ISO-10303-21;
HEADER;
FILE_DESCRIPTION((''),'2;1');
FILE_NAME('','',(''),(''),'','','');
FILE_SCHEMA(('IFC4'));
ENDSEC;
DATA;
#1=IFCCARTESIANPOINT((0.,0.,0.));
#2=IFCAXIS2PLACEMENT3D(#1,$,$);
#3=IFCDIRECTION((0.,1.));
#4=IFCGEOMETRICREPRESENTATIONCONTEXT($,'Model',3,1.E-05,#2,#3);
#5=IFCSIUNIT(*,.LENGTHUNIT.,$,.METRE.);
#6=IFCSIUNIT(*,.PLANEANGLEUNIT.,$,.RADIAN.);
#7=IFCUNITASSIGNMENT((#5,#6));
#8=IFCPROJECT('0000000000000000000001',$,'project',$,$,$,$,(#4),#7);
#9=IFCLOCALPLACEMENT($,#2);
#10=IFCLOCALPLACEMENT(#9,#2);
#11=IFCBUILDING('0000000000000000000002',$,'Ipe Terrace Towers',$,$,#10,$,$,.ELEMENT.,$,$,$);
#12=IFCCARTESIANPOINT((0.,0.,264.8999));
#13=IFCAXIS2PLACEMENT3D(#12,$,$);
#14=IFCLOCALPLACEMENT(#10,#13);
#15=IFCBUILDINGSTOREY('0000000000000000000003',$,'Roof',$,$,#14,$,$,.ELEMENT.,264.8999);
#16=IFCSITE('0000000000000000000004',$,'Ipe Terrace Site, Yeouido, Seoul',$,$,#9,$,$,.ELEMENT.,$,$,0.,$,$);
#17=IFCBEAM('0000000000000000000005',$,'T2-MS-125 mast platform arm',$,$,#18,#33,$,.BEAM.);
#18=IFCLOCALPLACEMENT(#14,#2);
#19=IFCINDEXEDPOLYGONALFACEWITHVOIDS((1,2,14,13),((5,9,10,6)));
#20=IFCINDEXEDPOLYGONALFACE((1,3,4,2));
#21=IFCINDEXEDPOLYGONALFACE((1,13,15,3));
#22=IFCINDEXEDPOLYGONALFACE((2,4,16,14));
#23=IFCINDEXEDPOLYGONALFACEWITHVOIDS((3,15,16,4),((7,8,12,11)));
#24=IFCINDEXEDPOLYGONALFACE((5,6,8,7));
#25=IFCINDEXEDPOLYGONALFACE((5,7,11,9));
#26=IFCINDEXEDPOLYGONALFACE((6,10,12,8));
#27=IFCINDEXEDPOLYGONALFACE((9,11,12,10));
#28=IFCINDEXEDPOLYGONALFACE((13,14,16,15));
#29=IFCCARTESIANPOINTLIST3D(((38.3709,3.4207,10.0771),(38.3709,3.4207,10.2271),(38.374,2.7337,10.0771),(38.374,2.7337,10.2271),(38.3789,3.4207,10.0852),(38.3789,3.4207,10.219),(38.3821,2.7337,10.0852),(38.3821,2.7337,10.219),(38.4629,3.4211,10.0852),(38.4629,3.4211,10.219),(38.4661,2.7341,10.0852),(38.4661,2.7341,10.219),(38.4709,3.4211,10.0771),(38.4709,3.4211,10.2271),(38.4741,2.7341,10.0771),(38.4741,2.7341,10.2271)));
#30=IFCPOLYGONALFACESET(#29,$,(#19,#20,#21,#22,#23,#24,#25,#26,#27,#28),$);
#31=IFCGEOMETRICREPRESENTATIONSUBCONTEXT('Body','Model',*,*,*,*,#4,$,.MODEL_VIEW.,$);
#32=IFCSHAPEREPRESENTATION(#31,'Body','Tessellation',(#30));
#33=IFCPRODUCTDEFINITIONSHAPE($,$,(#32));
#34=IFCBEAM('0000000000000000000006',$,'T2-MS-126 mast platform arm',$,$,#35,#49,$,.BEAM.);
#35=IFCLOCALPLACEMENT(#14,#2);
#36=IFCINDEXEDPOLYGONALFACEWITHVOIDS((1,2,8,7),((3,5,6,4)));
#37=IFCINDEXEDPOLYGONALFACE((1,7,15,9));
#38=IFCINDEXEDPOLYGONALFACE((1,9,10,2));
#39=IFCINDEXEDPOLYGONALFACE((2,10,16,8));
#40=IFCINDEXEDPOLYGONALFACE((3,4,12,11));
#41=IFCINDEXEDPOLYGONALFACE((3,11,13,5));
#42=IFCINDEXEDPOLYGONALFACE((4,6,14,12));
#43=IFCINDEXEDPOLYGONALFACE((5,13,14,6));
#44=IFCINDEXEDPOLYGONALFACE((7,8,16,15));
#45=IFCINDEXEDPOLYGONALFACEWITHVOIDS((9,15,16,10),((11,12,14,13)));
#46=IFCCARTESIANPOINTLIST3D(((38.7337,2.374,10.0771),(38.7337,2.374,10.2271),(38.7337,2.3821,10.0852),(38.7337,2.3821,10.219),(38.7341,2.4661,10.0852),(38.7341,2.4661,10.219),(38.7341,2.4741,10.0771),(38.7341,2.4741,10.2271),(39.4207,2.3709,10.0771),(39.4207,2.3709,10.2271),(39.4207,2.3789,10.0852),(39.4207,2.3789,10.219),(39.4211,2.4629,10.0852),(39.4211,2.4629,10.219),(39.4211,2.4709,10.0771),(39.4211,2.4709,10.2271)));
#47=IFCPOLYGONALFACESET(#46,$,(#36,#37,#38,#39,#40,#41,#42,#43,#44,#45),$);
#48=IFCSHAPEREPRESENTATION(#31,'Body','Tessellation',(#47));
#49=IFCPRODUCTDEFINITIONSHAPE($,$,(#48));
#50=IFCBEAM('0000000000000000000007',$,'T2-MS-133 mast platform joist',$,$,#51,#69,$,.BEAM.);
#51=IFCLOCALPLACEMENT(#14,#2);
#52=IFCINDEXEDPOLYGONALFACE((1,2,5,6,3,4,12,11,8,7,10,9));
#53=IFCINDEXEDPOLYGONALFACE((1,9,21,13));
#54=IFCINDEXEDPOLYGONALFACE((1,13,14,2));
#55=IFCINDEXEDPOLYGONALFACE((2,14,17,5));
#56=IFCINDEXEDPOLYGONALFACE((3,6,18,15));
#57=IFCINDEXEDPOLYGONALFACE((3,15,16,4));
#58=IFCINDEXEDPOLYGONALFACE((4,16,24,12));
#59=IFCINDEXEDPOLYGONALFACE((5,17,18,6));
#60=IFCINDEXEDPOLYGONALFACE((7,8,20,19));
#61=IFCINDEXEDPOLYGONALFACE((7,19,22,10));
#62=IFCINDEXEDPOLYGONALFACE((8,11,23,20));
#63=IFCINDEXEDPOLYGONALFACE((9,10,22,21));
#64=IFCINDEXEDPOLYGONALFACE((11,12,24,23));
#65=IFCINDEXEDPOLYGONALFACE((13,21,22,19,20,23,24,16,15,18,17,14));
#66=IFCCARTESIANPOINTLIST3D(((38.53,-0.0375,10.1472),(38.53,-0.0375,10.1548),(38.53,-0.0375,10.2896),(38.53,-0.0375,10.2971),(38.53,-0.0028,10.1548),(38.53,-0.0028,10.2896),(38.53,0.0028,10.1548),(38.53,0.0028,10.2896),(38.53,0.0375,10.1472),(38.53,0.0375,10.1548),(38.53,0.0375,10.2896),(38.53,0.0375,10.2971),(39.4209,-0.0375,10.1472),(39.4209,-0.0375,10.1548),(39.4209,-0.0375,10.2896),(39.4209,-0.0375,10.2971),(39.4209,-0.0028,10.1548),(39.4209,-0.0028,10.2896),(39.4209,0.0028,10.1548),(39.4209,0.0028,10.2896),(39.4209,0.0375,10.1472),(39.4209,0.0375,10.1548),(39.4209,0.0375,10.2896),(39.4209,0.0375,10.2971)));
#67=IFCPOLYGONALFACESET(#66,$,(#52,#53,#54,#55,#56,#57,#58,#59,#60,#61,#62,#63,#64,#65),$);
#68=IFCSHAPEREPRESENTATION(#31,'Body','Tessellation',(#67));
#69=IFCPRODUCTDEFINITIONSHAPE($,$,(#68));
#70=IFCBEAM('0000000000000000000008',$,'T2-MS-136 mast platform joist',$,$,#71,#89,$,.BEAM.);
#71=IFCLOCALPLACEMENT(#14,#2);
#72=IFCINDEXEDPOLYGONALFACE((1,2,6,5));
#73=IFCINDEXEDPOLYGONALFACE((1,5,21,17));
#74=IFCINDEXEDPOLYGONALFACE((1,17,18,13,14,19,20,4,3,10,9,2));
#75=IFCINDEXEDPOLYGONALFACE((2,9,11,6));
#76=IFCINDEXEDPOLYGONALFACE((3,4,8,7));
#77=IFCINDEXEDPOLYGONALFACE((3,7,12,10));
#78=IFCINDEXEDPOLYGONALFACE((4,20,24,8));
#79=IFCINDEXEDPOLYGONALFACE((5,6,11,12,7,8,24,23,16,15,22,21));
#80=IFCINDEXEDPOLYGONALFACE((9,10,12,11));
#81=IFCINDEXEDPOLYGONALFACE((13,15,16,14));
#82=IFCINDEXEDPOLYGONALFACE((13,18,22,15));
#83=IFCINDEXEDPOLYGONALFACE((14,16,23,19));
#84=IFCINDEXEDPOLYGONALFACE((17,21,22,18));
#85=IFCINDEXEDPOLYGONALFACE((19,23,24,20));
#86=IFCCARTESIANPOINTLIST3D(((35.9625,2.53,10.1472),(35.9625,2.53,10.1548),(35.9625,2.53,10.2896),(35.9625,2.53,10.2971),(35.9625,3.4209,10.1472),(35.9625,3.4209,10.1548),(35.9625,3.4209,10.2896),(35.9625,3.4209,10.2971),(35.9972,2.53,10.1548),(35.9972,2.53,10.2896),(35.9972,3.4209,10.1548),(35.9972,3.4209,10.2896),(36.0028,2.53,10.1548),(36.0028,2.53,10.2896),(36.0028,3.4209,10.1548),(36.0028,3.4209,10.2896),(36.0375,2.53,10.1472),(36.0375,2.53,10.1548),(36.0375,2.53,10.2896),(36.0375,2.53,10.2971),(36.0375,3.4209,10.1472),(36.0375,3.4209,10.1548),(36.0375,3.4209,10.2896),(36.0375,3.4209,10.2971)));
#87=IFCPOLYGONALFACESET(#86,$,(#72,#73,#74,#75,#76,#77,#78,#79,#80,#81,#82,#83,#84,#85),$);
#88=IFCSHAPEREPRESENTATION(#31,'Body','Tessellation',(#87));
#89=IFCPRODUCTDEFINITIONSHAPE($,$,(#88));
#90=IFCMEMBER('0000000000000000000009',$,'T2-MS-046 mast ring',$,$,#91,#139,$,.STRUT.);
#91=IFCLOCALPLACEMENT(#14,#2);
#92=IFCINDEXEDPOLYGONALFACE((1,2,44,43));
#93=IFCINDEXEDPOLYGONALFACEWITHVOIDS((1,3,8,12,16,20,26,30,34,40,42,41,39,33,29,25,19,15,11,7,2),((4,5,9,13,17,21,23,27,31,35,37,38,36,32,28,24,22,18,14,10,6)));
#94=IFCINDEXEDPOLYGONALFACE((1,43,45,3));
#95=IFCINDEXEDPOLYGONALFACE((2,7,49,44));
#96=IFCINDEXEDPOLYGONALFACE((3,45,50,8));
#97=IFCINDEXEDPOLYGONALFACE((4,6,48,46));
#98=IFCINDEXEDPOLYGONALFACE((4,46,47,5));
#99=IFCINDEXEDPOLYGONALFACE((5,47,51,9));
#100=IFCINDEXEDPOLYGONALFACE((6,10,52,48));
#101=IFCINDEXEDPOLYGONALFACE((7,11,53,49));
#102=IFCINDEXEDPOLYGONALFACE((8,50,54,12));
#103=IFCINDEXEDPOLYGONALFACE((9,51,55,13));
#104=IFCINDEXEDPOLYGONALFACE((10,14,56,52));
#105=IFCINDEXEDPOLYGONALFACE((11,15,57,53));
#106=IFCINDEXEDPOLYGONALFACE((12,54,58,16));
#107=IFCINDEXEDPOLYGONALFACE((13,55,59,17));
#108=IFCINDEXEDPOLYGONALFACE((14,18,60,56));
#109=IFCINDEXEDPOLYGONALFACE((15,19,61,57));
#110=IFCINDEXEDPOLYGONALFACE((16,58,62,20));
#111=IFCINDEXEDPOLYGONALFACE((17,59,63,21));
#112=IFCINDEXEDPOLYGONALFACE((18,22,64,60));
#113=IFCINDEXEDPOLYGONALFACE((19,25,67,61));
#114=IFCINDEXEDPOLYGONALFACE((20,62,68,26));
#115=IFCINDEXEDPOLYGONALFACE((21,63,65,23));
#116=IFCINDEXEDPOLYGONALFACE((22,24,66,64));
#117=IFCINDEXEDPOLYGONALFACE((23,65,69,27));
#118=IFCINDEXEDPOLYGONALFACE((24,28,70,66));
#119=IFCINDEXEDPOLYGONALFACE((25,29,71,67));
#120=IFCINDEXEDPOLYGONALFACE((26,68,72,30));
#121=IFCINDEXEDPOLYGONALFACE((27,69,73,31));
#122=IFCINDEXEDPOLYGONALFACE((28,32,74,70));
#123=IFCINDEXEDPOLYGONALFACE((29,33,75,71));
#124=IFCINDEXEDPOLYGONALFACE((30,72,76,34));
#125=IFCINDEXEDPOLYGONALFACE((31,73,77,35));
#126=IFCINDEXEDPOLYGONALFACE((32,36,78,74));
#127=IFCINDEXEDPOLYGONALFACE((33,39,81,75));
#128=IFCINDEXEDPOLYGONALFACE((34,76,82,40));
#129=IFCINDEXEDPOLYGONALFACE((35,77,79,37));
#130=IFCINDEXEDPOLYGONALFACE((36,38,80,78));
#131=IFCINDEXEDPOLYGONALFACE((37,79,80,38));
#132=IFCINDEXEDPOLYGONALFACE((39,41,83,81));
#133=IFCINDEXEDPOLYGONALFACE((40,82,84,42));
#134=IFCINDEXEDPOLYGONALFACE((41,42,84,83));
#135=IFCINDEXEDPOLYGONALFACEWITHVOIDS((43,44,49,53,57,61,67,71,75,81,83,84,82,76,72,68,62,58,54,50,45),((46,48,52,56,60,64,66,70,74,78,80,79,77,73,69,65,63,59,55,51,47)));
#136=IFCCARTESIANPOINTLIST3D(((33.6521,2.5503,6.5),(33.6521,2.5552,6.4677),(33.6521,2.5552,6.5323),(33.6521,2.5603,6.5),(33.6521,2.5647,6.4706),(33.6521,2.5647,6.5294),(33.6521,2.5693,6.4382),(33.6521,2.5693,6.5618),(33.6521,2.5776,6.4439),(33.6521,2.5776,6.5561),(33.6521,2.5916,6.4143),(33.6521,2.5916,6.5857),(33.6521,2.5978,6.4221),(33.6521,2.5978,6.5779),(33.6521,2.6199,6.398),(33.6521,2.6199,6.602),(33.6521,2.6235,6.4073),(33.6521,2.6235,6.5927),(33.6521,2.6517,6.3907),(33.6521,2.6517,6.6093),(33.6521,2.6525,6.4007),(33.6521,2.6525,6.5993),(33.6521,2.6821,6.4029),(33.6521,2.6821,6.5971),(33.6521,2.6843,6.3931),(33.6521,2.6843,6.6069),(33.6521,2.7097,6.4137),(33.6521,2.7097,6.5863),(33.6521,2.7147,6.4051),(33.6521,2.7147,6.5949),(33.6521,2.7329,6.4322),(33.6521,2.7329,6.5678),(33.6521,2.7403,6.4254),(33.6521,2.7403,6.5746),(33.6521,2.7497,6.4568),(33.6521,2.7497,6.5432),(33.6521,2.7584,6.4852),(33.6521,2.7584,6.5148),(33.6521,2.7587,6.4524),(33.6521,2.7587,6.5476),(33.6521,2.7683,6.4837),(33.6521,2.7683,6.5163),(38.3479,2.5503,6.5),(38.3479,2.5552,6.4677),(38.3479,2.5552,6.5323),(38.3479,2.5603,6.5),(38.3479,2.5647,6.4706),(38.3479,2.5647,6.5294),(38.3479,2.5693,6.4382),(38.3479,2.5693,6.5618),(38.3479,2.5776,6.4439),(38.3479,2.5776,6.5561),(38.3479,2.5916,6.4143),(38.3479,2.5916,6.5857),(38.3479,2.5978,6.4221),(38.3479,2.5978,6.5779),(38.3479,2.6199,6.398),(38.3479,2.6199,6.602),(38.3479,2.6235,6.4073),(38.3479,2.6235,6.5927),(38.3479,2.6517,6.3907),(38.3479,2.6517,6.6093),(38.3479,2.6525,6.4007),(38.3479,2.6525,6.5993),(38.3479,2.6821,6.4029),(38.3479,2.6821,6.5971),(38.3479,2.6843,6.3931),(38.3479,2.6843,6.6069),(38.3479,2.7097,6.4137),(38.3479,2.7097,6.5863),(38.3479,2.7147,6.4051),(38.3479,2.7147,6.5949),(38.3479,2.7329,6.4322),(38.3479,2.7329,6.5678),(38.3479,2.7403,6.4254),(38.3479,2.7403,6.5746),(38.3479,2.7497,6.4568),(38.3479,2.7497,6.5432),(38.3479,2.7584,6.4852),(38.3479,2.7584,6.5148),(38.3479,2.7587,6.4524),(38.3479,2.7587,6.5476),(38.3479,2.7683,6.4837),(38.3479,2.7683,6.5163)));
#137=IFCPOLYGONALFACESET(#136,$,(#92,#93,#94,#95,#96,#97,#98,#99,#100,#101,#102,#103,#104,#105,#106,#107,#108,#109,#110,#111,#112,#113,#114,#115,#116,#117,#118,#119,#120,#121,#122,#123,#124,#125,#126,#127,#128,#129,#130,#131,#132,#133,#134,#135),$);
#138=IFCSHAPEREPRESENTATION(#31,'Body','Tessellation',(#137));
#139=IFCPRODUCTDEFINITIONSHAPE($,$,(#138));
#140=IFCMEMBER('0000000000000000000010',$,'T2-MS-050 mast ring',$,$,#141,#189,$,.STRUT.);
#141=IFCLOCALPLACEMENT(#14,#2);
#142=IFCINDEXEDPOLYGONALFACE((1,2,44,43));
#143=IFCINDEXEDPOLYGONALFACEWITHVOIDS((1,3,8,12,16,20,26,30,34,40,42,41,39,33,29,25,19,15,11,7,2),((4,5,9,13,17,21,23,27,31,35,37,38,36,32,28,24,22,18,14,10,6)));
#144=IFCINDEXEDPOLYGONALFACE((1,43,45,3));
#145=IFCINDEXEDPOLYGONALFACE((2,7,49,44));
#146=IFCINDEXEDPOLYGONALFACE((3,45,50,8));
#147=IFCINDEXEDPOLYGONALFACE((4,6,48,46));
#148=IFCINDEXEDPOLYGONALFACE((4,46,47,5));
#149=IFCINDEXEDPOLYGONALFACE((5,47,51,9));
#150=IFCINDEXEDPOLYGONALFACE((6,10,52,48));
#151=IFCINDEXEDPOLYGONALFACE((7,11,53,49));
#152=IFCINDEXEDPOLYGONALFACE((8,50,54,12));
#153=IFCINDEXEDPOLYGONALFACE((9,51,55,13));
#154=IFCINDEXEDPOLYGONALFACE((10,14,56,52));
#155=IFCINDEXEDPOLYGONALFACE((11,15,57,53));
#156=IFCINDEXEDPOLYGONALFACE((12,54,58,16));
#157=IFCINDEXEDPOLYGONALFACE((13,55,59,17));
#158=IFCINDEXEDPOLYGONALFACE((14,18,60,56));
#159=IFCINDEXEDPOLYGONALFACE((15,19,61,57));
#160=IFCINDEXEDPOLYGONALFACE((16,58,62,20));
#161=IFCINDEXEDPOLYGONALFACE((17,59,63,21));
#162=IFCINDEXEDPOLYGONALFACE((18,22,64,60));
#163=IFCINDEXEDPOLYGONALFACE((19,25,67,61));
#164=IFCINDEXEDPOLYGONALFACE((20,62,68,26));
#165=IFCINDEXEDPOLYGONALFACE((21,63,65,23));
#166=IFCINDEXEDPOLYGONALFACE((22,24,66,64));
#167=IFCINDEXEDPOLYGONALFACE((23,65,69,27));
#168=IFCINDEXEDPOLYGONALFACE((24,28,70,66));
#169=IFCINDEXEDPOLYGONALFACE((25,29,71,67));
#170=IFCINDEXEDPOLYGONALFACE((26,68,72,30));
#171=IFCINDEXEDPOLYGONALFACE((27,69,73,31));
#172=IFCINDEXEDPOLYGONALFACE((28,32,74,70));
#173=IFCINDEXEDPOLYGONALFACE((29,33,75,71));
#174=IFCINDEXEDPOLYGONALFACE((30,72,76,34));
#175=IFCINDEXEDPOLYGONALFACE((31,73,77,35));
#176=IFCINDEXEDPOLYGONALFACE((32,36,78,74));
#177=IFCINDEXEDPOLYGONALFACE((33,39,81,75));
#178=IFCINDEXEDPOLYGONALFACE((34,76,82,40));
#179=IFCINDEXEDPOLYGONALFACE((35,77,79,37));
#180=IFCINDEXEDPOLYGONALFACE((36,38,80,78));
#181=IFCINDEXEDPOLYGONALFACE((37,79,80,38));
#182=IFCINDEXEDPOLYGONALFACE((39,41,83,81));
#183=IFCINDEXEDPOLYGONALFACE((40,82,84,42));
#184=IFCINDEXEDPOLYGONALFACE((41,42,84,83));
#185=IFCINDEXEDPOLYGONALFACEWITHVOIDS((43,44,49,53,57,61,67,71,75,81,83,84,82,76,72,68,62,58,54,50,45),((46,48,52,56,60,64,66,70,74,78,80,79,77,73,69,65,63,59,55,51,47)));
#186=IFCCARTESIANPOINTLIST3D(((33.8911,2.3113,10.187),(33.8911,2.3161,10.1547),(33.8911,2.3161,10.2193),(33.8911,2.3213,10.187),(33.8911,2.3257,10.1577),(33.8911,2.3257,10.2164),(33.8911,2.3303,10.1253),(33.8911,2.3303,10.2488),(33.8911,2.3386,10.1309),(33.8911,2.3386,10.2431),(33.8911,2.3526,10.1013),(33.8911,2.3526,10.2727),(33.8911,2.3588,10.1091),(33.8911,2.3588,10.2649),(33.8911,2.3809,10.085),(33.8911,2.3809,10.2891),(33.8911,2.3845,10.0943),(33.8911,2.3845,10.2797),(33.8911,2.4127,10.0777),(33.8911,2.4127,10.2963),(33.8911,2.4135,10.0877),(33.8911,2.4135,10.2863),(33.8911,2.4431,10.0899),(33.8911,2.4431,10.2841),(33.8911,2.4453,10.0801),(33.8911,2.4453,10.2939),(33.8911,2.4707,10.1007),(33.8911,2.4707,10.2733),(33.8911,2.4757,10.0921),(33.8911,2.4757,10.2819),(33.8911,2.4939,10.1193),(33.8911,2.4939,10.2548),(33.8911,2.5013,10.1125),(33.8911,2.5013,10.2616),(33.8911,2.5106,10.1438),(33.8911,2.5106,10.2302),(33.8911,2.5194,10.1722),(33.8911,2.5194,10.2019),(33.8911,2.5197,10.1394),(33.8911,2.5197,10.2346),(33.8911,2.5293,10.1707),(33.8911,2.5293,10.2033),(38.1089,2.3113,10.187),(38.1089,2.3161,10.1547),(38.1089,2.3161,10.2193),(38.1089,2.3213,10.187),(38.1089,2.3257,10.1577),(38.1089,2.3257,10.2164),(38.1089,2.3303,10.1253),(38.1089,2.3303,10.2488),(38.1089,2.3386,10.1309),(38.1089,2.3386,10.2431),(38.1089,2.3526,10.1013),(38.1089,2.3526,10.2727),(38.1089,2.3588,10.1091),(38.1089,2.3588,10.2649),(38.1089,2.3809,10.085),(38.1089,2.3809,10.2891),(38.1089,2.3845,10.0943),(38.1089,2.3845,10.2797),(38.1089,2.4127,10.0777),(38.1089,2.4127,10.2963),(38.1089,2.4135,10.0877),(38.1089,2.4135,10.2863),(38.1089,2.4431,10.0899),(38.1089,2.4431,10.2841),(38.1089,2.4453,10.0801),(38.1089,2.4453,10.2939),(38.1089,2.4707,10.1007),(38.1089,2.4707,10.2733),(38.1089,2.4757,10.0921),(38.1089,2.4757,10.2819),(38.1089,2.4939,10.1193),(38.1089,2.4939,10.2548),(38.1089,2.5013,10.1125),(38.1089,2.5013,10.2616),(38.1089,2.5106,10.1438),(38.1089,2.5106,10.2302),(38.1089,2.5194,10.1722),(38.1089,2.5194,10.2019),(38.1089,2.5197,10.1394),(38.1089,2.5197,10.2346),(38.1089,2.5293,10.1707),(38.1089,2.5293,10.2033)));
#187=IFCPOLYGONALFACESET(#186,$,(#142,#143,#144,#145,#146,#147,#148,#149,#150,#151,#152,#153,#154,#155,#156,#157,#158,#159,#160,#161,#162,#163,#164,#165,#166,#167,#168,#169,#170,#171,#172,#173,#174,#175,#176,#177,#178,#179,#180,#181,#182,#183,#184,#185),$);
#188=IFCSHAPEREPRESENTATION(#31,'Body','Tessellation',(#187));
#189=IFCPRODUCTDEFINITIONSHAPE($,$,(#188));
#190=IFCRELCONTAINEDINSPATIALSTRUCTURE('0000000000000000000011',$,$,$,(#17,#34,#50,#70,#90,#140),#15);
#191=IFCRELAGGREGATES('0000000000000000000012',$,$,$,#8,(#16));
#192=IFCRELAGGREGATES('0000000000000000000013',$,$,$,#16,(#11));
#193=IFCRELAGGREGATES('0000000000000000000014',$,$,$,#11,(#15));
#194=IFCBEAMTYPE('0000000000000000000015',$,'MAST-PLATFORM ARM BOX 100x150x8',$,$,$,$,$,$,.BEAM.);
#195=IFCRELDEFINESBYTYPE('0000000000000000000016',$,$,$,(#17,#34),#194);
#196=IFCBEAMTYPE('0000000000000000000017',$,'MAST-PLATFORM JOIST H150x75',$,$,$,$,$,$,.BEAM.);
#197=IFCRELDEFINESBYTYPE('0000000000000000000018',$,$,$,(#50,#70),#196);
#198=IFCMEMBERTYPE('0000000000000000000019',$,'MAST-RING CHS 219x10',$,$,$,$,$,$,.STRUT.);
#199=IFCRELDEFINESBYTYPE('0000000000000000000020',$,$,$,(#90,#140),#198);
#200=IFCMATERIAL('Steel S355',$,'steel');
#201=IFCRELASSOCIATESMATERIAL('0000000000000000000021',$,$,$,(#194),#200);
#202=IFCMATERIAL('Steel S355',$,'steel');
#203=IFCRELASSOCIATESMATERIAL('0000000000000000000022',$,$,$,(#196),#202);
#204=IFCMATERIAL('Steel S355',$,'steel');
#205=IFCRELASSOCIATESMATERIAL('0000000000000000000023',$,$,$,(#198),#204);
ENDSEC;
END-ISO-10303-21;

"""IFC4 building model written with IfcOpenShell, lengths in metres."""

from ifc_helpers import new_model, si_unit, direction, frame, origin, origin_2d, place, context, subcontext, project, spatial, hollow_rectangle, hollow_circle, i_section, extrude, material, material_profile, profile_set, type_object, element, save


model = new_model("IFC4")

# Units and contexts
model_context = context("Model", 3, precision=1e-05, world=origin(), true_north=direction((0.0, 1.0)))
body_context = subcontext(model_context, "Body", "Model", "MODEL_VIEW")
ifc_project = project(units=[si_unit("LENGTHUNIT", "METRE"), si_unit("PLANEANGLEUNIT", "RADIAN")], contexts=[model_context])

# Site, building, storey
site_placement = place(None, origin())
site = spatial("IfcSite", under=ifc_project, at=site_placement, Name="Ipe Terrace Site, Yeouido, Seoul", CompositionType="ELEMENT", RefElevation=0.0)
building_placement = place(site_placement, origin())
building = spatial("IfcBuilding", under=site, at=building_placement, Name="Ipe Terrace Towers", CompositionType="ELEMENT")
storey_placement = place(building_placement, frame((0.0, 0.0, 264.8999)))
storey = spatial("IfcBuildingStorey", under=building, at=storey_placement, Name="Roof", CompositionType="ELEMENT", Elevation=264.8999)

# Beams
ifc_material_1 = material(Name="Steel S355", Category="steel")
ifc_material_profile_1 = material_profile(ifc_material_1, hollow_rectangle(XDim=0.1001, YDim=0.1499, WallThickness=0.0081, at=origin_2d()), Name="MAST-PLATFORM ARM BOX 100x150x8")
ifc_profile_set_1 = profile_set([ifc_material_profile_1], Name="Steel S355")
beam_type_1 = type_object("IfcBeamType", Name="MAST-PLATFORM ARM BOX 100x150x8", PredefinedType="BEAM", material=ifc_profile_set_1)
for number, where, z_axis, x_axis, name in (
    (1, (38.4241, 2.7339, 10.1521), (-0.00462, 0.999989, 0.0), (-0.999989, -0.00462, 0.0), "T2-MS-125 mast platform arm"),
    (2, (38.7339, 2.4241, 10.1521), (0.999989, -0.00462, 0.0), (0.00462, 0.999989, 0.0), "T2-MS-126 mast platform arm"),
):
    element("IfcBeam", number, at=place(storey_placement, frame(where, z_axis=z_axis, x_axis=x_axis)), inside=storey, type_object=beam_type_1, Name=name, PredefinedType="BEAM", context=body_context, shape_type="SweptSolid", body=[
        extrude(hollow_rectangle(XDim=0.1001, YDim=0.1499, WallThickness=0.0081, at=origin_2d()), origin(), (0.0, 0.0, 1.0), 0.687),
    ])
ifc_material_2 = material(Name="Steel S355", Category="steel")
ifc_material_profile_2 = material_profile(ifc_material_2, i_section(OverallWidth=0.075, OverallDepth=0.1499, WebThickness=0.0056, FlangeThickness=0.0076, at=origin_2d()), Name="H150x75")
ifc_profile_set_2 = profile_set([ifc_material_profile_2], Name="Steel S355")
beam_type_2 = type_object("IfcBeamType", Name="MAST-PLATFORM JOIST H150x75", PredefinedType="BEAM", material=ifc_profile_set_2)
for number, where, z_axis, x_axis, name in (
    (3, (38.53, 0.0, 10.2222), (1.0, 0.0, 0.0), (0.0, 1.0, 0.0), "T2-MS-133 mast platform joist"),
    (4, (36.0, 2.53, 10.2222), (0.0, 1.0, 0.0), (-1.0, 0.0, 0.0), "T2-MS-136 mast platform joist"),
):
    element("IfcBeam", number, at=place(storey_placement, frame(where, z_axis=z_axis, x_axis=x_axis)), inside=storey, type_object=beam_type_2, Name=name, PredefinedType="BEAM", context=body_context, shape_type="SweptSolid", body=[
        extrude(i_section(OverallWidth=0.075, OverallDepth=0.1499, WebThickness=0.0056, FlangeThickness=0.0076, at=origin_2d()), origin(), (0.0, 0.0, 1.0), 0.8909),
    ])

# Members
ifc_material_3 = material(Name="Steel S355", Category="steel")
ifc_material_profile_3 = material_profile(ifc_material_3, hollow_circle(Radius=0.1096, WallThickness=0.01, at=origin_2d()), Name="MAST-RING CHS 219x10")
ifc_profile_set_3 = profile_set([ifc_material_profile_3], Name="Steel S355")
member_type_1 = type_object("IfcMemberType", Name="MAST-RING CHS 219x10", PredefinedType="STRUT", material=ifc_profile_set_3)
member_1_placement = place(storey_placement, frame((38.3479, 2.6599, 6.5), z_axis=(-1.0, 0.0, 0.0), x_axis=(0.0, -1.0, 0.0)))
element("IfcMember", 5, at=member_1_placement, inside=storey, type_object=member_type_1, Name="T2-MS-046 mast ring", PredefinedType="STRUT", context=body_context, shape_type="SweptSolid", body=[
    extrude(hollow_circle(Radius=0.1096, WallThickness=0.01, at=origin_2d()), origin(), (0.0, 0.0, 1.0), 4.6958),
])
member_2_placement = place(storey_placement, frame((38.1089, 2.4209, 10.187), z_axis=(-1.0, 0.0, 0.0), x_axis=(0.0, -1.0, 0.0)))
element("IfcMember", 6, at=member_2_placement, inside=storey, type_object=member_type_1, Name="T2-MS-050 mast ring", PredefinedType="STRUT", context=body_context, shape_type="SweptSolid", body=[
    extrude(hollow_circle(Radius=0.1096, WallThickness=0.01, at=origin_2d()), origin(), (0.0, 0.0, 1.0), 4.2178),
])

save(model, "model.ifc")
